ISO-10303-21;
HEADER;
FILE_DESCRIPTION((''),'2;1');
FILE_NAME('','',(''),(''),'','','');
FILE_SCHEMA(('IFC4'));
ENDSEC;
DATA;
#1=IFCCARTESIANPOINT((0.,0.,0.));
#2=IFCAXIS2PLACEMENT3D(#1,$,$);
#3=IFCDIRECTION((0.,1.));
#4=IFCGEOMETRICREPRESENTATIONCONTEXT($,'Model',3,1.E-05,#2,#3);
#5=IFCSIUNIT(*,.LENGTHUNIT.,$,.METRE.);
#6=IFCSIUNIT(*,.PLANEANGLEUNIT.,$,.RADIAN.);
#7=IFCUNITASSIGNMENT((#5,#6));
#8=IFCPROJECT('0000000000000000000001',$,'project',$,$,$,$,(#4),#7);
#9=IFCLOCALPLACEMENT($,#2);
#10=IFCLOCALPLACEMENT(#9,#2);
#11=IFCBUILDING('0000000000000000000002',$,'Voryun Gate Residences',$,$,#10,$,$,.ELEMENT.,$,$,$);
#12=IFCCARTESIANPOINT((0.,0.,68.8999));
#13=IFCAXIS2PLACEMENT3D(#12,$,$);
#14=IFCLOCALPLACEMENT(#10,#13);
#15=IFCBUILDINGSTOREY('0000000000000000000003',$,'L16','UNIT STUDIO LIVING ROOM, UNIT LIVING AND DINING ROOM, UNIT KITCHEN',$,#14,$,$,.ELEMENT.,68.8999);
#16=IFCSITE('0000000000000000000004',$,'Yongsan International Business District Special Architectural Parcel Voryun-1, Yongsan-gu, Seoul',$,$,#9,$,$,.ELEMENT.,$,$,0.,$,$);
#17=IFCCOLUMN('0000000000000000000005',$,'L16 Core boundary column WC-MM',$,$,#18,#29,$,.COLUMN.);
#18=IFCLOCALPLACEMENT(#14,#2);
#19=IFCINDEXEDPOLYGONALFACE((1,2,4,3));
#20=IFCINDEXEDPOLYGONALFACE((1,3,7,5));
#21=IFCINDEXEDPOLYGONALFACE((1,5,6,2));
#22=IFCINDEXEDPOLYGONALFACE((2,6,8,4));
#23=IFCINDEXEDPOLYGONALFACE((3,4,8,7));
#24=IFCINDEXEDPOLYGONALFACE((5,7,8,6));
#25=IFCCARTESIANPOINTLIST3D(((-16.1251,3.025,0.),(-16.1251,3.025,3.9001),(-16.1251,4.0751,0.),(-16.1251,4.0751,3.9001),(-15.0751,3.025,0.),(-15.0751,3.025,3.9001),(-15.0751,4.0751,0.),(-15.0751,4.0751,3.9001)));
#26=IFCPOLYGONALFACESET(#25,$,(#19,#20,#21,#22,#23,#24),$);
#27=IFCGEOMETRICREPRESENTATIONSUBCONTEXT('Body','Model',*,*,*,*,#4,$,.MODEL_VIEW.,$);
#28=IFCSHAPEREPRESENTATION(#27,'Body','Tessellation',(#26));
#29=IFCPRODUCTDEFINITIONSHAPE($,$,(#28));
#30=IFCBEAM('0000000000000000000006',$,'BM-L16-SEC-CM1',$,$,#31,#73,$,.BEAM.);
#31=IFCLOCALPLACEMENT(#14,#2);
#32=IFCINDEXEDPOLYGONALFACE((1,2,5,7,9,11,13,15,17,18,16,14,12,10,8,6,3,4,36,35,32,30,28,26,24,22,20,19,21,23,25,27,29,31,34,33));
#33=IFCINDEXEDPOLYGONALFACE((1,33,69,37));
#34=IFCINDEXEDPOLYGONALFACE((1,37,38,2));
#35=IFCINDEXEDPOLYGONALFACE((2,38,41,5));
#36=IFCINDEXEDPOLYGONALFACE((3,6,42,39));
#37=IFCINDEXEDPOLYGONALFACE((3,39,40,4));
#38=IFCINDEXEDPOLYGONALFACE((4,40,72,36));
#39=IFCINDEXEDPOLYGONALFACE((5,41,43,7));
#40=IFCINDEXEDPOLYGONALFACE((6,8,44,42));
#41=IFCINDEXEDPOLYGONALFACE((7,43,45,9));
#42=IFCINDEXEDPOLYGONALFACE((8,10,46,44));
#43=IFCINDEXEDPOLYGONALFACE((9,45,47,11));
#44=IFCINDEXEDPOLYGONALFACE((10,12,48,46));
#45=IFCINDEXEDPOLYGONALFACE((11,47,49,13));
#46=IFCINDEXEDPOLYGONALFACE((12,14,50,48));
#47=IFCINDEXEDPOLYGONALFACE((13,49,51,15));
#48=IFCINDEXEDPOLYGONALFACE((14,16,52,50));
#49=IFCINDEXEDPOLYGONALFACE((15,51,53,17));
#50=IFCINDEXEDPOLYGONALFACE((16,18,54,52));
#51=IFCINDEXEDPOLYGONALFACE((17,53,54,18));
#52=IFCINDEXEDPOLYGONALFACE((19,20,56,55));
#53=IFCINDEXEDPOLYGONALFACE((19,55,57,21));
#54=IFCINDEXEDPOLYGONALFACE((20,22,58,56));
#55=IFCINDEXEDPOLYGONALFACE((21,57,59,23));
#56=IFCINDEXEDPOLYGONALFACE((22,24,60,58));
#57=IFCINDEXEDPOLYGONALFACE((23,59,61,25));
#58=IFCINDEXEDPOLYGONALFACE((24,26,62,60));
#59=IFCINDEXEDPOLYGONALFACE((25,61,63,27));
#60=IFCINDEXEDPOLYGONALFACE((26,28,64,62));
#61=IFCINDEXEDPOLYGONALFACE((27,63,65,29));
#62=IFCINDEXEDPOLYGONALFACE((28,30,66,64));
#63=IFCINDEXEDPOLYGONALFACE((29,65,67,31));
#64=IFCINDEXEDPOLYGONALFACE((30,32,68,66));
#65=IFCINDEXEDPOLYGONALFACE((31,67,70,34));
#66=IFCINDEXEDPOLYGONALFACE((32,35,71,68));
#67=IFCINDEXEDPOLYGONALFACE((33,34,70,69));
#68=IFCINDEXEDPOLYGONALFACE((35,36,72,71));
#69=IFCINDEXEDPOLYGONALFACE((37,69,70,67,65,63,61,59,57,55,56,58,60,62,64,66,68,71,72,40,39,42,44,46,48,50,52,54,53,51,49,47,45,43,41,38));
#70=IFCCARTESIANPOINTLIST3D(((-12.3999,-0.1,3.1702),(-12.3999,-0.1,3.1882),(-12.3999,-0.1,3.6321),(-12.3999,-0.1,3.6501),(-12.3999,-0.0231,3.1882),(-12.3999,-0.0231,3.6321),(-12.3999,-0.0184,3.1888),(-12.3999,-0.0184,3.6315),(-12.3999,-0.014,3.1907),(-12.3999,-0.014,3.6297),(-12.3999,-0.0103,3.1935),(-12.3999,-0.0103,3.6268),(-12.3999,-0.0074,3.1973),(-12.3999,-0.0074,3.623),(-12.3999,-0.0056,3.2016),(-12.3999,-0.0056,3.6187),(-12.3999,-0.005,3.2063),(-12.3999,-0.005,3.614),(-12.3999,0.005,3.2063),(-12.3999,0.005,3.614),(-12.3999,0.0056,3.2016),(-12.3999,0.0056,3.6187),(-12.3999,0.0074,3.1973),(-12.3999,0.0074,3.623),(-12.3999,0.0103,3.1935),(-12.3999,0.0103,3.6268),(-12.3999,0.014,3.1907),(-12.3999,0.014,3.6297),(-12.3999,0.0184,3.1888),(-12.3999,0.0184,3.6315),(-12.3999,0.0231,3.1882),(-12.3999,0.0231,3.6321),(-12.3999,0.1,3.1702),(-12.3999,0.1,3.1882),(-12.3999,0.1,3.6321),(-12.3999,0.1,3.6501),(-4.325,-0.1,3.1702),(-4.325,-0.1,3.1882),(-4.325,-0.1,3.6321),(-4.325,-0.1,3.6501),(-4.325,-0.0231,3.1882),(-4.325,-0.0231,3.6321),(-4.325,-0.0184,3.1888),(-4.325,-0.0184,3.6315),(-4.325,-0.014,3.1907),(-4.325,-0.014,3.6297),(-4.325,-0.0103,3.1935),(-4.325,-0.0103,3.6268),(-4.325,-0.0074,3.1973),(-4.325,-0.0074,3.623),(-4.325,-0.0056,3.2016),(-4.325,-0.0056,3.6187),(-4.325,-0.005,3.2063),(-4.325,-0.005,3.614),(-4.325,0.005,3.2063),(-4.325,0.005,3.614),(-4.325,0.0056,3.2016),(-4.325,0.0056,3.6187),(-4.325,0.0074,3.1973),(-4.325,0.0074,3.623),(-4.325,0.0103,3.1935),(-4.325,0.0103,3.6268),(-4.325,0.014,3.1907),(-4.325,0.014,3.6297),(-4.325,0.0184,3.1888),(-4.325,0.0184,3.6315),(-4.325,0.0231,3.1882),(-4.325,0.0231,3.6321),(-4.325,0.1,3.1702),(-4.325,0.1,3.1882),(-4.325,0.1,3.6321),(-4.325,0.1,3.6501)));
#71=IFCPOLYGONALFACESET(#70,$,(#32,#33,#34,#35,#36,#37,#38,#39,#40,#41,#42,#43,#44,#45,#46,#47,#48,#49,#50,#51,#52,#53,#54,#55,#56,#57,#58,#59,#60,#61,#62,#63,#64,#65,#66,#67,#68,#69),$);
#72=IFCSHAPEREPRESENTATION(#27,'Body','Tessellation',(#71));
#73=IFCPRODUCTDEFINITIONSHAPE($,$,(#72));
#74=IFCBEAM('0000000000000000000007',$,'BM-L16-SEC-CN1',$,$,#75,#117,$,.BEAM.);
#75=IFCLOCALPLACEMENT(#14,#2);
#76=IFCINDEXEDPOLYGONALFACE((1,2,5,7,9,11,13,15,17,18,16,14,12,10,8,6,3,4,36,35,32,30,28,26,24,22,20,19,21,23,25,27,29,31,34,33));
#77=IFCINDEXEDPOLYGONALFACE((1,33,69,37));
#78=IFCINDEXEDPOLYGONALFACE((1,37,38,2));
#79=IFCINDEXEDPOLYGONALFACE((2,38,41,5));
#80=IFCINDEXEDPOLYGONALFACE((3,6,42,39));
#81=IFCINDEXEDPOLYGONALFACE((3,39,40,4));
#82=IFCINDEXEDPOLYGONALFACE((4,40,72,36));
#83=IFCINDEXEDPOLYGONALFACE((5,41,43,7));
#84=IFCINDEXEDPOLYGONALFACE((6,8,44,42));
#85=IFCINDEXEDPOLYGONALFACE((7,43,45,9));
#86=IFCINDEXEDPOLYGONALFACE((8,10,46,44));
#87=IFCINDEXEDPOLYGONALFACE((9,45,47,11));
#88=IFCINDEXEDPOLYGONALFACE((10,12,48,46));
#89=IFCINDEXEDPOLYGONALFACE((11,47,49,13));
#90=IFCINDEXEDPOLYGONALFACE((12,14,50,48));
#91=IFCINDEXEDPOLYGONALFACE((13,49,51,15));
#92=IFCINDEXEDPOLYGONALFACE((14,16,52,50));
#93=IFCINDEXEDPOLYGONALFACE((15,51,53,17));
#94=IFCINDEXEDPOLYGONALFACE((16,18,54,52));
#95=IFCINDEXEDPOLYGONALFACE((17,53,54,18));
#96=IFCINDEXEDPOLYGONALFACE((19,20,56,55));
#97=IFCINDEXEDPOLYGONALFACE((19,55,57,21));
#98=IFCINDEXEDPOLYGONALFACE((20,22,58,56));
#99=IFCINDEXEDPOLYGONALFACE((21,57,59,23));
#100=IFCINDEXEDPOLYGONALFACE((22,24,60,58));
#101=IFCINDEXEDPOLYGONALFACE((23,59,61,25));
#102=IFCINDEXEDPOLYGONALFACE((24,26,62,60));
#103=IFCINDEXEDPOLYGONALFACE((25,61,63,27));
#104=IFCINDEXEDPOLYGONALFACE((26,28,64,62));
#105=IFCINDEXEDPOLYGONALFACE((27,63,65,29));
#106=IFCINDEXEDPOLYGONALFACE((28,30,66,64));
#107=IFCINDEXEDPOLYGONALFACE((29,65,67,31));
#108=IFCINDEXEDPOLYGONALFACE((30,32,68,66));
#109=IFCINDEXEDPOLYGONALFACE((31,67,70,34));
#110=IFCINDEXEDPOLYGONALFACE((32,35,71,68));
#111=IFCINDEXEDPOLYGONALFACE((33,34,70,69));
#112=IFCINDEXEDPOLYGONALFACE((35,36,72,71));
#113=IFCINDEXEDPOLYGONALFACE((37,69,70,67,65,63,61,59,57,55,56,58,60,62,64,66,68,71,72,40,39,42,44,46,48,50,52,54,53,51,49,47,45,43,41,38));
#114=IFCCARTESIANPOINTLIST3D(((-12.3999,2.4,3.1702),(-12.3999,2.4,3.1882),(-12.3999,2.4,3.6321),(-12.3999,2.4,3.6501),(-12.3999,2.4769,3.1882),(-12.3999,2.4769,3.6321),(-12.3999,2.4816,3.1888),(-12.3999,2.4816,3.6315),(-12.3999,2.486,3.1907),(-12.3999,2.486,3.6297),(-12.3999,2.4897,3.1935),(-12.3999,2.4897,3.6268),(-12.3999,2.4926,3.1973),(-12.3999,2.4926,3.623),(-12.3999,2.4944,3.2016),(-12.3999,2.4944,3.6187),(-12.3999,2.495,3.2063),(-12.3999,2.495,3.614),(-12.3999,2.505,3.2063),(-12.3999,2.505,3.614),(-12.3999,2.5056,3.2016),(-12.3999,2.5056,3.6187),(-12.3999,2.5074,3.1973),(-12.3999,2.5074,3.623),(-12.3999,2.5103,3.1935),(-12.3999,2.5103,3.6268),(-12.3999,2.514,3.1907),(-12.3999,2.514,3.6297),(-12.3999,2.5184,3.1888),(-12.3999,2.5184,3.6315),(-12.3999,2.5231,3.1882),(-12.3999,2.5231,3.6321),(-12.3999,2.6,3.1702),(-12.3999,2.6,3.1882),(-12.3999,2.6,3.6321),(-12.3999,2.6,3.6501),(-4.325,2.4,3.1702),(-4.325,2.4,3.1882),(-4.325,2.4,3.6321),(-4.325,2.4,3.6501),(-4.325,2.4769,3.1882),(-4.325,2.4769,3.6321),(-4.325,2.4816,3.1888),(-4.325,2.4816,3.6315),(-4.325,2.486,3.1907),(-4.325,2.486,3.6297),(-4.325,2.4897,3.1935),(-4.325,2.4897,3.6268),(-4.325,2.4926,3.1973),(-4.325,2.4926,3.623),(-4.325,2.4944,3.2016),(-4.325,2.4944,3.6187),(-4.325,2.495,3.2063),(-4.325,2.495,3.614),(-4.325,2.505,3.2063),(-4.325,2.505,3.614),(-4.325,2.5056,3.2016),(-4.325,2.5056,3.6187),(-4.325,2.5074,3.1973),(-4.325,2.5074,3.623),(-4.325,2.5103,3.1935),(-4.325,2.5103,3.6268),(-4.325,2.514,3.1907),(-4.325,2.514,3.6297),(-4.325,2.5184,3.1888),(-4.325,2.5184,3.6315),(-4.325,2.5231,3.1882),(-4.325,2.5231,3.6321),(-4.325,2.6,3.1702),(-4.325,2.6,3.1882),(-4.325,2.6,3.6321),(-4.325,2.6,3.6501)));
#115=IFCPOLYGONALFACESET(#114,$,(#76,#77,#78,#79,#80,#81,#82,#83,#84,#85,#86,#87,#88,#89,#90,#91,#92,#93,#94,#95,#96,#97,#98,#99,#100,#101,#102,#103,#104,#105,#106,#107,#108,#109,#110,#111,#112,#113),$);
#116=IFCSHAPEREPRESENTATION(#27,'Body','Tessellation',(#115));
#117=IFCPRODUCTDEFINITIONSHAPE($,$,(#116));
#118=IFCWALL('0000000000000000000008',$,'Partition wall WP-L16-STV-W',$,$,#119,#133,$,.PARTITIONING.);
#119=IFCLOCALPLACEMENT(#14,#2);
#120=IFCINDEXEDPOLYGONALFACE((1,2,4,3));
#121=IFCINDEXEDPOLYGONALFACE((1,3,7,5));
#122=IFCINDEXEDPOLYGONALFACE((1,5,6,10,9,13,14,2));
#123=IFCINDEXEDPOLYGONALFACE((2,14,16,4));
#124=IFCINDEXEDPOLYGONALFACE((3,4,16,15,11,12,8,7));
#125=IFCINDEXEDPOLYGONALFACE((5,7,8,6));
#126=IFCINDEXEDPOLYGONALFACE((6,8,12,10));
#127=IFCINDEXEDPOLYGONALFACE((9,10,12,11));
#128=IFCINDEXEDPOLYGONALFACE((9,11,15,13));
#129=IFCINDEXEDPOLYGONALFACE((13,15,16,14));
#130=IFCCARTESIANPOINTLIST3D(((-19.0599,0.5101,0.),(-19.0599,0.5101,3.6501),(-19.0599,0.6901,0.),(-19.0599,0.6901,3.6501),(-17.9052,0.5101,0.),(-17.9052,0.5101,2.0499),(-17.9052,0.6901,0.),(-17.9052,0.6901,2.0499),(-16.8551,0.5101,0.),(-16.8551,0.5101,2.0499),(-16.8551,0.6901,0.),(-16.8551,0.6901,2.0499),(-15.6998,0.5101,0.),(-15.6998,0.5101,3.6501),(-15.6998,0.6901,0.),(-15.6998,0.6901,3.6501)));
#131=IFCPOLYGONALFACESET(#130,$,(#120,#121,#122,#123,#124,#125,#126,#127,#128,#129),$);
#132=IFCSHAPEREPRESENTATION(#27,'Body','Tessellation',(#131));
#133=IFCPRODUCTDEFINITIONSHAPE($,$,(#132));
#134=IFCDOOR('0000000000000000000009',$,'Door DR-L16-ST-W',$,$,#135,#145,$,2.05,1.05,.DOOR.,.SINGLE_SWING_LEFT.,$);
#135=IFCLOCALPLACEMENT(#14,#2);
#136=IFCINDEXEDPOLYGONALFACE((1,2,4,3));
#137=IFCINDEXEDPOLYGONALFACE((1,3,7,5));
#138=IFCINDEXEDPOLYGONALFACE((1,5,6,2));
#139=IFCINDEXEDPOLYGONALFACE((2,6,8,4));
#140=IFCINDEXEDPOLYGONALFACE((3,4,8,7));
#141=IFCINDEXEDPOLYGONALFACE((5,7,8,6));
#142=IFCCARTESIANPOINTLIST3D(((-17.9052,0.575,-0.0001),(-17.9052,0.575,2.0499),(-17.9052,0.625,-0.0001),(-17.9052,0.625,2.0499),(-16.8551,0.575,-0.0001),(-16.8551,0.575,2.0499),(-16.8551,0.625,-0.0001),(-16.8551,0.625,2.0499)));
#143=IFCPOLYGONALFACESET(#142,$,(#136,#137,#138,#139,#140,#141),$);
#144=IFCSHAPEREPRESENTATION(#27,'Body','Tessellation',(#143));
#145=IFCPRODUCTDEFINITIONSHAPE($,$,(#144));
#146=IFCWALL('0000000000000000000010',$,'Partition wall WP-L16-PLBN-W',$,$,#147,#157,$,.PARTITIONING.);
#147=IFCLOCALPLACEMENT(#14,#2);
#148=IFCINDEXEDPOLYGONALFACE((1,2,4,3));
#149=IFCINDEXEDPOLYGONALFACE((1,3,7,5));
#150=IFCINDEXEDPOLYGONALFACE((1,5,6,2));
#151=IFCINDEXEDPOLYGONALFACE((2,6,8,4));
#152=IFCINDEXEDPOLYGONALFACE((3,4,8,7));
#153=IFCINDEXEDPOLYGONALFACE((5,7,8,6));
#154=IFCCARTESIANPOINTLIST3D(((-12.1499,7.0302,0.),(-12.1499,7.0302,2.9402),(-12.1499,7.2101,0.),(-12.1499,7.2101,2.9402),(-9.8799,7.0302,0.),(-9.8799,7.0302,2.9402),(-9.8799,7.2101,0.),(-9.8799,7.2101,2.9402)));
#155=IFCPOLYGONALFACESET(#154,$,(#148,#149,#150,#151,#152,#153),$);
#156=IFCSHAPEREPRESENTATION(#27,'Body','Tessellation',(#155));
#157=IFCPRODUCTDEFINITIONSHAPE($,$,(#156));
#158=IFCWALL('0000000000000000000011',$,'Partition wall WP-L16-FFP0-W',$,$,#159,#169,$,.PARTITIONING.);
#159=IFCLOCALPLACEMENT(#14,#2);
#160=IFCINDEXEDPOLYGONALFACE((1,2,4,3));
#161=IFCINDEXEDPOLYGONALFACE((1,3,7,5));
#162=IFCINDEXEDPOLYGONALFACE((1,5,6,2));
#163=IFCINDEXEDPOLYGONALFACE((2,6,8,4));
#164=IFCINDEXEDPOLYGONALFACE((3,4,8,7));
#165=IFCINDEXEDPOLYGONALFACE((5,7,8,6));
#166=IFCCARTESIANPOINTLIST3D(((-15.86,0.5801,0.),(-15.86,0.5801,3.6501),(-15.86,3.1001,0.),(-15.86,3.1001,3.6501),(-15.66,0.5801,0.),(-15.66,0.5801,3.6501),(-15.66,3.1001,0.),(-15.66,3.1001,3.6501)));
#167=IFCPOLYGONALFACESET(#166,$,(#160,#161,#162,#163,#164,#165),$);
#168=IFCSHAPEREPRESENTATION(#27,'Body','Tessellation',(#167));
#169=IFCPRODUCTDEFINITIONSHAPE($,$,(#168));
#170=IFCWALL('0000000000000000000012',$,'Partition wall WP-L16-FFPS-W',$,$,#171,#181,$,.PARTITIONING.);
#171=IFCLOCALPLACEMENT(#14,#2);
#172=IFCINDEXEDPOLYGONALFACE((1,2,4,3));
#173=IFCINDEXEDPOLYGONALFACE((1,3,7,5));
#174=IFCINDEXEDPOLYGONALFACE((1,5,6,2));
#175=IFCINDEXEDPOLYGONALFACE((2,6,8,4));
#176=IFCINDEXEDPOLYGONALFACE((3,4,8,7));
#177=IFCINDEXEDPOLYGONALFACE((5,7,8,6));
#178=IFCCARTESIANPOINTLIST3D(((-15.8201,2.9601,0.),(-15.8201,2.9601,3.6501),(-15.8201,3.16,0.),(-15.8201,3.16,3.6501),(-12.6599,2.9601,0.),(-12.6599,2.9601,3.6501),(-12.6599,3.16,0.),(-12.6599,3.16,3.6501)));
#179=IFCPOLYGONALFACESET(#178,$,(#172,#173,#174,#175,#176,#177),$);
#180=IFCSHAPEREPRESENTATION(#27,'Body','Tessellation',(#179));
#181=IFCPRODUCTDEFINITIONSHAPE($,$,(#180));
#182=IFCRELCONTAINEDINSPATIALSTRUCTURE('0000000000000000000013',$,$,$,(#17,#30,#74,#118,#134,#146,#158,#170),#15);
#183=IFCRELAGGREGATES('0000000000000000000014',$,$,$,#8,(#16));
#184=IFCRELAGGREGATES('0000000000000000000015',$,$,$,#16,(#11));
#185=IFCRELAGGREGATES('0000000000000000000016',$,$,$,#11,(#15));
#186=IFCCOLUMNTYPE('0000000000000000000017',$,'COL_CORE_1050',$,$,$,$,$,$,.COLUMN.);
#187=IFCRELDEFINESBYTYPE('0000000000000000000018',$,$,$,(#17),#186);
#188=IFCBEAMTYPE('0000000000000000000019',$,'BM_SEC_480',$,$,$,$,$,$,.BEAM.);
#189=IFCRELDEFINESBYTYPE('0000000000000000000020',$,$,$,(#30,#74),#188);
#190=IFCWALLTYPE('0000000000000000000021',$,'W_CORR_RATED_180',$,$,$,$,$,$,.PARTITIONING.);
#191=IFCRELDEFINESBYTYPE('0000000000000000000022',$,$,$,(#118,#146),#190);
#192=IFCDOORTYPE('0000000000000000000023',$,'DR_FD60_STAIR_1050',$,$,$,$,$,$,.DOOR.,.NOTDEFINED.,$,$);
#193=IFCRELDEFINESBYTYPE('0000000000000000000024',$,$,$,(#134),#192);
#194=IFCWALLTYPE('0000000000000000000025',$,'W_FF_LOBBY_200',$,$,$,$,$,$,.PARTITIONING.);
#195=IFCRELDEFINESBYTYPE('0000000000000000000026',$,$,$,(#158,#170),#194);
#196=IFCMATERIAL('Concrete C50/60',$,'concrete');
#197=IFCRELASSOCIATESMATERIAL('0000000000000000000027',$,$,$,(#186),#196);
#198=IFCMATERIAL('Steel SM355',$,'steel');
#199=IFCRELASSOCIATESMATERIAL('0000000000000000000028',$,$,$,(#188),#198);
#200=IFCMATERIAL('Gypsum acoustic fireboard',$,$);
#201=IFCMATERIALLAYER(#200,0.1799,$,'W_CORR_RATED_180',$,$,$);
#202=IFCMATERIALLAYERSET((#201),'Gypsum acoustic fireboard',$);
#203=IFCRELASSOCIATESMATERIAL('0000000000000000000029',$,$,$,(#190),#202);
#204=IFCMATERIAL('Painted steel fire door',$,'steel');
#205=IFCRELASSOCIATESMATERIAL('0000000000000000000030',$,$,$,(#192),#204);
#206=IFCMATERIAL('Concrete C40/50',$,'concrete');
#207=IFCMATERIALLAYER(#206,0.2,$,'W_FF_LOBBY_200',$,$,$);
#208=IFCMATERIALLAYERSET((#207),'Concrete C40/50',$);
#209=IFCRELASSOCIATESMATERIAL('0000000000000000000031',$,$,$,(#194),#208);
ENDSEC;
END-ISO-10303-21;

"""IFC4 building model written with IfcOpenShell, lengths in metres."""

from ifc_helpers import new_model, si_unit, direction, frame, frame_2d, origin, origin_2d, place, context, subcontext, project, spatial, rectangle, i_section, extrude, material, layer, layer_set, material_profile, profile_set, type_object, element, fill, save


model = new_model("IFC4")

# Units and contexts
model_context = context("Model", 3, precision=1e-05, world=origin(), true_north=direction((0.0, 1.0)))
body_context = subcontext(model_context, "Body", "Model", "MODEL_VIEW")
ifc_project = project(units=[si_unit("LENGTHUNIT", "METRE"), si_unit("PLANEANGLEUNIT", "RADIAN")], contexts=[model_context])

# Site, building, storey
site_placement = place(None, origin())
site = spatial("IfcSite", under=ifc_project, at=site_placement, Name="Yongsan International Business District Special Architectural Parcel Voryun-1, Yongsan-gu, Seoul", CompositionType="ELEMENT", RefElevation=0.0)
building_placement = place(site_placement, origin())
building = spatial("IfcBuilding", under=site, at=building_placement, Name="Voryun Gate Residences", CompositionType="ELEMENT")
storey_placement = place(building_placement, frame((0.0, 0.0, 68.8999)))
storey = spatial("IfcBuildingStorey", under=building, at=storey_placement, Name="L16", Description="UNIT STUDIO LIVING ROOM, UNIT LIVING AND DINING ROOM, UNIT KITCHEN", CompositionType="ELEMENT", Elevation=68.8999)

# Column
ifc_material_1 = material(Name="Concrete C50/60", Category="concrete")
ifc_material_profile_1 = material_profile(ifc_material_1, rectangle(XDim=1.05, YDim=1.05, at=origin_2d()), Name="RC-1050x1050")
ifc_profile_set_1 = profile_set([ifc_material_profile_1], Name="Concrete C50/60")
column_type = type_object("IfcColumnType", Name="COL_CORE_1050", PredefinedType="COLUMN", material=ifc_profile_set_1)
column_placement = place(storey_placement, frame((-15.6001, 3.55, 0.0), z_axis=(0.0, 0.0, 1.0), x_axis=(1.0, 0.0, 0.0)))
element("IfcColumn", 1, at=column_placement, inside=storey, type_object=column_type, Name="L16 Core boundary column WC-MM", PredefinedType="COLUMN", context=body_context, shape_type="SweptSolid", body=[
    extrude(rectangle(XDim=1.05, YDim=1.05, at=origin_2d()), origin(), (0.0, 0.0, 1.0), 3.9001),
])

# Beams
ifc_material_2 = material(Name="Steel SM355", Category="steel")
ifc_material_profile_2 = material_profile(ifc_material_2, i_section(OverallWidth=0.2, OverallDepth=0.48, WebThickness=0.01, FlangeThickness=0.0181, FilletRadius=0.0181, at=origin_2d()), Name="H-480x200x10x18")
ifc_profile_set_2 = profile_set([ifc_material_profile_2], Name="Steel SM355")
beam_type = type_object("IfcBeamType", Name="BM_SEC_480", PredefinedType="BEAM", material=ifc_profile_set_2)
for number, where, z_axis, x_axis, name in (
    (2, (-12.3999, 0.0, 3.4102), (1.0, 0.0, 0.0), (0.0, 1.0, 0.0), "BM-L16-SEC-CM1"),
    (3, (-12.3999, 2.5, 3.4102), (1.0, 0.0, 0.0), (0.0, 1.0, 0.0), "BM-L16-SEC-CN1"),
):
    element("IfcBeam", number, at=place(storey_placement, frame(where, z_axis=z_axis, x_axis=x_axis)), inside=storey, type_object=beam_type, Name=name, PredefinedType="BEAM", context=body_context, shape_type="SweptSolid", body=[
        extrude(i_section(OverallWidth=0.2, OverallDepth=0.48, WebThickness=0.01, FlangeThickness=0.0181, FilletRadius=0.0181, at=origin_2d()), origin(), (0.0, 0.0, 1.0), 8.075),
    ])

# Wall, opening, door
ifc_material_3 = material(Name="Gypsum acoustic fireboard")
ifc_layer_1 = layer(ifc_material_3, 0.1799, Name="W_CORR_RATED_180")
ifc_layer_set_1 = layer_set([ifc_layer_1], Name="Gypsum acoustic fireboard")
wall_type_1 = type_object("IfcWallType", Name="W_CORR_RATED_180", PredefinedType="PARTITIONING", material=ifc_layer_set_1)
wall_1_placement = place(storey_placement, frame((-19.0601, 0.6001, 0.0), z_axis=(0.0, 0.0, 1.0), x_axis=(1.0, 0.0, 0.0)))
wall_1 = element("IfcWall", 4, at=wall_1_placement, inside=storey, type_object=wall_type_1, Name="Partition wall WP-L16-STV-W", PredefinedType="PARTITIONING", context=body_context, shape_type="SweptSolid", body=[
    extrude(rectangle(XDim=3.3601, YDim=0.1799, at=frame_2d((1.6802, 0.0))), origin(), (0.0, 0.0, 1.0), 3.6501),
])
opening_1_placement = place(wall_1_placement, frame((1.155, 0.0, 0.0)))
opening_1 = element("IfcOpeningElement", 5, at=opening_1_placement, cuts=wall_1, PredefinedType="OPENING", context=body_context, shape_type="SweptSolid", body=[
    extrude(rectangle(XDim=1.05, YDim=2.05, at=frame_2d((0.5249, 1.0249))), frame((0.0, 0.0999, 0.0), z_axis=(0.0, -1.0, 0.0), x_axis=(1.0, 0.0, 0.0)), (0.0, 0.0, 1.0), 0.2),
])
ifc_material_4 = material(Name="Painted steel fire door", Category="steel")
door_type_1 = type_object("IfcDoorType", Name="DR_FD60_STAIR_1050", OperationType="NOTDEFINED", PredefinedType="DOOR", material=ifc_material_4)
door_1_placement = place(opening_1_placement, origin())
door_1 = element("IfcDoor", 6, at=door_1_placement, inside=storey, type_object=door_type_1, Name="Door DR-L16-ST-W", OperationType="SINGLE_SWING_LEFT", OverallHeight=2.05, OverallWidth=1.05, PredefinedType="DOOR", context=body_context, shape_type="SweptSolid", body=[
    extrude(rectangle(XDim=1.05, YDim=2.05, at=frame_2d((0.5249, 1.0249))), frame((0.0, 0.0249, 0.0), z_axis=(0.0, -1.0, 0.0), x_axis=(1.0, 0.0, 0.0)), (0.0, 0.0, 1.0), 0.05),
])
fill(opening_1, door_1)

# Walls
wall_2_placement = place(storey_placement, frame((-12.1499, 7.1201, 0.0), z_axis=(0.0, 0.0, 1.0), x_axis=(1.0, 0.0, 0.0)))
element("IfcWall", 7, at=wall_2_placement, inside=storey, type_object=wall_type_1, Name="Partition wall WP-L16-PLBN-W", PredefinedType="PARTITIONING", context=body_context, shape_type="SweptSolid", body=[
    extrude(rectangle(XDim=2.27, YDim=0.1799, at=frame_2d((1.135, 0.0))), origin(), (0.0, 0.0, 1.0), 2.9402),
])
ifc_material_5 = material(Name="Concrete C40/50", Category="concrete")
ifc_layer_2 = layer(ifc_material_5, 0.2, Name="W_FF_LOBBY_200")
ifc_layer_set_2 = layer_set([ifc_layer_2], Name="Concrete C40/50")
wall_type_2 = type_object("IfcWallType", Name="W_FF_LOBBY_200", PredefinedType="PARTITIONING", material=ifc_layer_set_2)
wall_3_placement = place(storey_placement, frame((-15.76, 0.5801, 0.0), z_axis=(0.0, 0.0, 1.0), x_axis=(0.0, 1.0, 0.0)))
element("IfcWall", 8, at=wall_3_placement, inside=storey, type_object=wall_type_2, Name="Partition wall WP-L16-FFP0-W", PredefinedType="PARTITIONING", context=body_context, shape_type="SweptSolid", body=[
    extrude(rectangle(XDim=2.52, YDim=0.2, at=frame_2d((1.26, 0.0))), origin(), (0.0, 0.0, 1.0), 3.6501),
])
wall_4_placement = place(storey_placement, frame((-15.8201, 3.0601, 0.0), z_axis=(0.0, 0.0, 1.0), x_axis=(1.0, 0.0, 0.0)))
element("IfcWall", 9, at=wall_4_placement, inside=storey, type_object=wall_type_2, Name="Partition wall WP-L16-FFPS-W", PredefinedType="PARTITIONING", context=body_context, shape_type="SweptSolid", body=[
    extrude(rectangle(XDim=3.1602, YDim=0.2, at=frame_2d((1.5801, 0.0))), origin(), (0.0, 0.0, 1.0), 3.6501),
])

save(model, "model.ifc")
